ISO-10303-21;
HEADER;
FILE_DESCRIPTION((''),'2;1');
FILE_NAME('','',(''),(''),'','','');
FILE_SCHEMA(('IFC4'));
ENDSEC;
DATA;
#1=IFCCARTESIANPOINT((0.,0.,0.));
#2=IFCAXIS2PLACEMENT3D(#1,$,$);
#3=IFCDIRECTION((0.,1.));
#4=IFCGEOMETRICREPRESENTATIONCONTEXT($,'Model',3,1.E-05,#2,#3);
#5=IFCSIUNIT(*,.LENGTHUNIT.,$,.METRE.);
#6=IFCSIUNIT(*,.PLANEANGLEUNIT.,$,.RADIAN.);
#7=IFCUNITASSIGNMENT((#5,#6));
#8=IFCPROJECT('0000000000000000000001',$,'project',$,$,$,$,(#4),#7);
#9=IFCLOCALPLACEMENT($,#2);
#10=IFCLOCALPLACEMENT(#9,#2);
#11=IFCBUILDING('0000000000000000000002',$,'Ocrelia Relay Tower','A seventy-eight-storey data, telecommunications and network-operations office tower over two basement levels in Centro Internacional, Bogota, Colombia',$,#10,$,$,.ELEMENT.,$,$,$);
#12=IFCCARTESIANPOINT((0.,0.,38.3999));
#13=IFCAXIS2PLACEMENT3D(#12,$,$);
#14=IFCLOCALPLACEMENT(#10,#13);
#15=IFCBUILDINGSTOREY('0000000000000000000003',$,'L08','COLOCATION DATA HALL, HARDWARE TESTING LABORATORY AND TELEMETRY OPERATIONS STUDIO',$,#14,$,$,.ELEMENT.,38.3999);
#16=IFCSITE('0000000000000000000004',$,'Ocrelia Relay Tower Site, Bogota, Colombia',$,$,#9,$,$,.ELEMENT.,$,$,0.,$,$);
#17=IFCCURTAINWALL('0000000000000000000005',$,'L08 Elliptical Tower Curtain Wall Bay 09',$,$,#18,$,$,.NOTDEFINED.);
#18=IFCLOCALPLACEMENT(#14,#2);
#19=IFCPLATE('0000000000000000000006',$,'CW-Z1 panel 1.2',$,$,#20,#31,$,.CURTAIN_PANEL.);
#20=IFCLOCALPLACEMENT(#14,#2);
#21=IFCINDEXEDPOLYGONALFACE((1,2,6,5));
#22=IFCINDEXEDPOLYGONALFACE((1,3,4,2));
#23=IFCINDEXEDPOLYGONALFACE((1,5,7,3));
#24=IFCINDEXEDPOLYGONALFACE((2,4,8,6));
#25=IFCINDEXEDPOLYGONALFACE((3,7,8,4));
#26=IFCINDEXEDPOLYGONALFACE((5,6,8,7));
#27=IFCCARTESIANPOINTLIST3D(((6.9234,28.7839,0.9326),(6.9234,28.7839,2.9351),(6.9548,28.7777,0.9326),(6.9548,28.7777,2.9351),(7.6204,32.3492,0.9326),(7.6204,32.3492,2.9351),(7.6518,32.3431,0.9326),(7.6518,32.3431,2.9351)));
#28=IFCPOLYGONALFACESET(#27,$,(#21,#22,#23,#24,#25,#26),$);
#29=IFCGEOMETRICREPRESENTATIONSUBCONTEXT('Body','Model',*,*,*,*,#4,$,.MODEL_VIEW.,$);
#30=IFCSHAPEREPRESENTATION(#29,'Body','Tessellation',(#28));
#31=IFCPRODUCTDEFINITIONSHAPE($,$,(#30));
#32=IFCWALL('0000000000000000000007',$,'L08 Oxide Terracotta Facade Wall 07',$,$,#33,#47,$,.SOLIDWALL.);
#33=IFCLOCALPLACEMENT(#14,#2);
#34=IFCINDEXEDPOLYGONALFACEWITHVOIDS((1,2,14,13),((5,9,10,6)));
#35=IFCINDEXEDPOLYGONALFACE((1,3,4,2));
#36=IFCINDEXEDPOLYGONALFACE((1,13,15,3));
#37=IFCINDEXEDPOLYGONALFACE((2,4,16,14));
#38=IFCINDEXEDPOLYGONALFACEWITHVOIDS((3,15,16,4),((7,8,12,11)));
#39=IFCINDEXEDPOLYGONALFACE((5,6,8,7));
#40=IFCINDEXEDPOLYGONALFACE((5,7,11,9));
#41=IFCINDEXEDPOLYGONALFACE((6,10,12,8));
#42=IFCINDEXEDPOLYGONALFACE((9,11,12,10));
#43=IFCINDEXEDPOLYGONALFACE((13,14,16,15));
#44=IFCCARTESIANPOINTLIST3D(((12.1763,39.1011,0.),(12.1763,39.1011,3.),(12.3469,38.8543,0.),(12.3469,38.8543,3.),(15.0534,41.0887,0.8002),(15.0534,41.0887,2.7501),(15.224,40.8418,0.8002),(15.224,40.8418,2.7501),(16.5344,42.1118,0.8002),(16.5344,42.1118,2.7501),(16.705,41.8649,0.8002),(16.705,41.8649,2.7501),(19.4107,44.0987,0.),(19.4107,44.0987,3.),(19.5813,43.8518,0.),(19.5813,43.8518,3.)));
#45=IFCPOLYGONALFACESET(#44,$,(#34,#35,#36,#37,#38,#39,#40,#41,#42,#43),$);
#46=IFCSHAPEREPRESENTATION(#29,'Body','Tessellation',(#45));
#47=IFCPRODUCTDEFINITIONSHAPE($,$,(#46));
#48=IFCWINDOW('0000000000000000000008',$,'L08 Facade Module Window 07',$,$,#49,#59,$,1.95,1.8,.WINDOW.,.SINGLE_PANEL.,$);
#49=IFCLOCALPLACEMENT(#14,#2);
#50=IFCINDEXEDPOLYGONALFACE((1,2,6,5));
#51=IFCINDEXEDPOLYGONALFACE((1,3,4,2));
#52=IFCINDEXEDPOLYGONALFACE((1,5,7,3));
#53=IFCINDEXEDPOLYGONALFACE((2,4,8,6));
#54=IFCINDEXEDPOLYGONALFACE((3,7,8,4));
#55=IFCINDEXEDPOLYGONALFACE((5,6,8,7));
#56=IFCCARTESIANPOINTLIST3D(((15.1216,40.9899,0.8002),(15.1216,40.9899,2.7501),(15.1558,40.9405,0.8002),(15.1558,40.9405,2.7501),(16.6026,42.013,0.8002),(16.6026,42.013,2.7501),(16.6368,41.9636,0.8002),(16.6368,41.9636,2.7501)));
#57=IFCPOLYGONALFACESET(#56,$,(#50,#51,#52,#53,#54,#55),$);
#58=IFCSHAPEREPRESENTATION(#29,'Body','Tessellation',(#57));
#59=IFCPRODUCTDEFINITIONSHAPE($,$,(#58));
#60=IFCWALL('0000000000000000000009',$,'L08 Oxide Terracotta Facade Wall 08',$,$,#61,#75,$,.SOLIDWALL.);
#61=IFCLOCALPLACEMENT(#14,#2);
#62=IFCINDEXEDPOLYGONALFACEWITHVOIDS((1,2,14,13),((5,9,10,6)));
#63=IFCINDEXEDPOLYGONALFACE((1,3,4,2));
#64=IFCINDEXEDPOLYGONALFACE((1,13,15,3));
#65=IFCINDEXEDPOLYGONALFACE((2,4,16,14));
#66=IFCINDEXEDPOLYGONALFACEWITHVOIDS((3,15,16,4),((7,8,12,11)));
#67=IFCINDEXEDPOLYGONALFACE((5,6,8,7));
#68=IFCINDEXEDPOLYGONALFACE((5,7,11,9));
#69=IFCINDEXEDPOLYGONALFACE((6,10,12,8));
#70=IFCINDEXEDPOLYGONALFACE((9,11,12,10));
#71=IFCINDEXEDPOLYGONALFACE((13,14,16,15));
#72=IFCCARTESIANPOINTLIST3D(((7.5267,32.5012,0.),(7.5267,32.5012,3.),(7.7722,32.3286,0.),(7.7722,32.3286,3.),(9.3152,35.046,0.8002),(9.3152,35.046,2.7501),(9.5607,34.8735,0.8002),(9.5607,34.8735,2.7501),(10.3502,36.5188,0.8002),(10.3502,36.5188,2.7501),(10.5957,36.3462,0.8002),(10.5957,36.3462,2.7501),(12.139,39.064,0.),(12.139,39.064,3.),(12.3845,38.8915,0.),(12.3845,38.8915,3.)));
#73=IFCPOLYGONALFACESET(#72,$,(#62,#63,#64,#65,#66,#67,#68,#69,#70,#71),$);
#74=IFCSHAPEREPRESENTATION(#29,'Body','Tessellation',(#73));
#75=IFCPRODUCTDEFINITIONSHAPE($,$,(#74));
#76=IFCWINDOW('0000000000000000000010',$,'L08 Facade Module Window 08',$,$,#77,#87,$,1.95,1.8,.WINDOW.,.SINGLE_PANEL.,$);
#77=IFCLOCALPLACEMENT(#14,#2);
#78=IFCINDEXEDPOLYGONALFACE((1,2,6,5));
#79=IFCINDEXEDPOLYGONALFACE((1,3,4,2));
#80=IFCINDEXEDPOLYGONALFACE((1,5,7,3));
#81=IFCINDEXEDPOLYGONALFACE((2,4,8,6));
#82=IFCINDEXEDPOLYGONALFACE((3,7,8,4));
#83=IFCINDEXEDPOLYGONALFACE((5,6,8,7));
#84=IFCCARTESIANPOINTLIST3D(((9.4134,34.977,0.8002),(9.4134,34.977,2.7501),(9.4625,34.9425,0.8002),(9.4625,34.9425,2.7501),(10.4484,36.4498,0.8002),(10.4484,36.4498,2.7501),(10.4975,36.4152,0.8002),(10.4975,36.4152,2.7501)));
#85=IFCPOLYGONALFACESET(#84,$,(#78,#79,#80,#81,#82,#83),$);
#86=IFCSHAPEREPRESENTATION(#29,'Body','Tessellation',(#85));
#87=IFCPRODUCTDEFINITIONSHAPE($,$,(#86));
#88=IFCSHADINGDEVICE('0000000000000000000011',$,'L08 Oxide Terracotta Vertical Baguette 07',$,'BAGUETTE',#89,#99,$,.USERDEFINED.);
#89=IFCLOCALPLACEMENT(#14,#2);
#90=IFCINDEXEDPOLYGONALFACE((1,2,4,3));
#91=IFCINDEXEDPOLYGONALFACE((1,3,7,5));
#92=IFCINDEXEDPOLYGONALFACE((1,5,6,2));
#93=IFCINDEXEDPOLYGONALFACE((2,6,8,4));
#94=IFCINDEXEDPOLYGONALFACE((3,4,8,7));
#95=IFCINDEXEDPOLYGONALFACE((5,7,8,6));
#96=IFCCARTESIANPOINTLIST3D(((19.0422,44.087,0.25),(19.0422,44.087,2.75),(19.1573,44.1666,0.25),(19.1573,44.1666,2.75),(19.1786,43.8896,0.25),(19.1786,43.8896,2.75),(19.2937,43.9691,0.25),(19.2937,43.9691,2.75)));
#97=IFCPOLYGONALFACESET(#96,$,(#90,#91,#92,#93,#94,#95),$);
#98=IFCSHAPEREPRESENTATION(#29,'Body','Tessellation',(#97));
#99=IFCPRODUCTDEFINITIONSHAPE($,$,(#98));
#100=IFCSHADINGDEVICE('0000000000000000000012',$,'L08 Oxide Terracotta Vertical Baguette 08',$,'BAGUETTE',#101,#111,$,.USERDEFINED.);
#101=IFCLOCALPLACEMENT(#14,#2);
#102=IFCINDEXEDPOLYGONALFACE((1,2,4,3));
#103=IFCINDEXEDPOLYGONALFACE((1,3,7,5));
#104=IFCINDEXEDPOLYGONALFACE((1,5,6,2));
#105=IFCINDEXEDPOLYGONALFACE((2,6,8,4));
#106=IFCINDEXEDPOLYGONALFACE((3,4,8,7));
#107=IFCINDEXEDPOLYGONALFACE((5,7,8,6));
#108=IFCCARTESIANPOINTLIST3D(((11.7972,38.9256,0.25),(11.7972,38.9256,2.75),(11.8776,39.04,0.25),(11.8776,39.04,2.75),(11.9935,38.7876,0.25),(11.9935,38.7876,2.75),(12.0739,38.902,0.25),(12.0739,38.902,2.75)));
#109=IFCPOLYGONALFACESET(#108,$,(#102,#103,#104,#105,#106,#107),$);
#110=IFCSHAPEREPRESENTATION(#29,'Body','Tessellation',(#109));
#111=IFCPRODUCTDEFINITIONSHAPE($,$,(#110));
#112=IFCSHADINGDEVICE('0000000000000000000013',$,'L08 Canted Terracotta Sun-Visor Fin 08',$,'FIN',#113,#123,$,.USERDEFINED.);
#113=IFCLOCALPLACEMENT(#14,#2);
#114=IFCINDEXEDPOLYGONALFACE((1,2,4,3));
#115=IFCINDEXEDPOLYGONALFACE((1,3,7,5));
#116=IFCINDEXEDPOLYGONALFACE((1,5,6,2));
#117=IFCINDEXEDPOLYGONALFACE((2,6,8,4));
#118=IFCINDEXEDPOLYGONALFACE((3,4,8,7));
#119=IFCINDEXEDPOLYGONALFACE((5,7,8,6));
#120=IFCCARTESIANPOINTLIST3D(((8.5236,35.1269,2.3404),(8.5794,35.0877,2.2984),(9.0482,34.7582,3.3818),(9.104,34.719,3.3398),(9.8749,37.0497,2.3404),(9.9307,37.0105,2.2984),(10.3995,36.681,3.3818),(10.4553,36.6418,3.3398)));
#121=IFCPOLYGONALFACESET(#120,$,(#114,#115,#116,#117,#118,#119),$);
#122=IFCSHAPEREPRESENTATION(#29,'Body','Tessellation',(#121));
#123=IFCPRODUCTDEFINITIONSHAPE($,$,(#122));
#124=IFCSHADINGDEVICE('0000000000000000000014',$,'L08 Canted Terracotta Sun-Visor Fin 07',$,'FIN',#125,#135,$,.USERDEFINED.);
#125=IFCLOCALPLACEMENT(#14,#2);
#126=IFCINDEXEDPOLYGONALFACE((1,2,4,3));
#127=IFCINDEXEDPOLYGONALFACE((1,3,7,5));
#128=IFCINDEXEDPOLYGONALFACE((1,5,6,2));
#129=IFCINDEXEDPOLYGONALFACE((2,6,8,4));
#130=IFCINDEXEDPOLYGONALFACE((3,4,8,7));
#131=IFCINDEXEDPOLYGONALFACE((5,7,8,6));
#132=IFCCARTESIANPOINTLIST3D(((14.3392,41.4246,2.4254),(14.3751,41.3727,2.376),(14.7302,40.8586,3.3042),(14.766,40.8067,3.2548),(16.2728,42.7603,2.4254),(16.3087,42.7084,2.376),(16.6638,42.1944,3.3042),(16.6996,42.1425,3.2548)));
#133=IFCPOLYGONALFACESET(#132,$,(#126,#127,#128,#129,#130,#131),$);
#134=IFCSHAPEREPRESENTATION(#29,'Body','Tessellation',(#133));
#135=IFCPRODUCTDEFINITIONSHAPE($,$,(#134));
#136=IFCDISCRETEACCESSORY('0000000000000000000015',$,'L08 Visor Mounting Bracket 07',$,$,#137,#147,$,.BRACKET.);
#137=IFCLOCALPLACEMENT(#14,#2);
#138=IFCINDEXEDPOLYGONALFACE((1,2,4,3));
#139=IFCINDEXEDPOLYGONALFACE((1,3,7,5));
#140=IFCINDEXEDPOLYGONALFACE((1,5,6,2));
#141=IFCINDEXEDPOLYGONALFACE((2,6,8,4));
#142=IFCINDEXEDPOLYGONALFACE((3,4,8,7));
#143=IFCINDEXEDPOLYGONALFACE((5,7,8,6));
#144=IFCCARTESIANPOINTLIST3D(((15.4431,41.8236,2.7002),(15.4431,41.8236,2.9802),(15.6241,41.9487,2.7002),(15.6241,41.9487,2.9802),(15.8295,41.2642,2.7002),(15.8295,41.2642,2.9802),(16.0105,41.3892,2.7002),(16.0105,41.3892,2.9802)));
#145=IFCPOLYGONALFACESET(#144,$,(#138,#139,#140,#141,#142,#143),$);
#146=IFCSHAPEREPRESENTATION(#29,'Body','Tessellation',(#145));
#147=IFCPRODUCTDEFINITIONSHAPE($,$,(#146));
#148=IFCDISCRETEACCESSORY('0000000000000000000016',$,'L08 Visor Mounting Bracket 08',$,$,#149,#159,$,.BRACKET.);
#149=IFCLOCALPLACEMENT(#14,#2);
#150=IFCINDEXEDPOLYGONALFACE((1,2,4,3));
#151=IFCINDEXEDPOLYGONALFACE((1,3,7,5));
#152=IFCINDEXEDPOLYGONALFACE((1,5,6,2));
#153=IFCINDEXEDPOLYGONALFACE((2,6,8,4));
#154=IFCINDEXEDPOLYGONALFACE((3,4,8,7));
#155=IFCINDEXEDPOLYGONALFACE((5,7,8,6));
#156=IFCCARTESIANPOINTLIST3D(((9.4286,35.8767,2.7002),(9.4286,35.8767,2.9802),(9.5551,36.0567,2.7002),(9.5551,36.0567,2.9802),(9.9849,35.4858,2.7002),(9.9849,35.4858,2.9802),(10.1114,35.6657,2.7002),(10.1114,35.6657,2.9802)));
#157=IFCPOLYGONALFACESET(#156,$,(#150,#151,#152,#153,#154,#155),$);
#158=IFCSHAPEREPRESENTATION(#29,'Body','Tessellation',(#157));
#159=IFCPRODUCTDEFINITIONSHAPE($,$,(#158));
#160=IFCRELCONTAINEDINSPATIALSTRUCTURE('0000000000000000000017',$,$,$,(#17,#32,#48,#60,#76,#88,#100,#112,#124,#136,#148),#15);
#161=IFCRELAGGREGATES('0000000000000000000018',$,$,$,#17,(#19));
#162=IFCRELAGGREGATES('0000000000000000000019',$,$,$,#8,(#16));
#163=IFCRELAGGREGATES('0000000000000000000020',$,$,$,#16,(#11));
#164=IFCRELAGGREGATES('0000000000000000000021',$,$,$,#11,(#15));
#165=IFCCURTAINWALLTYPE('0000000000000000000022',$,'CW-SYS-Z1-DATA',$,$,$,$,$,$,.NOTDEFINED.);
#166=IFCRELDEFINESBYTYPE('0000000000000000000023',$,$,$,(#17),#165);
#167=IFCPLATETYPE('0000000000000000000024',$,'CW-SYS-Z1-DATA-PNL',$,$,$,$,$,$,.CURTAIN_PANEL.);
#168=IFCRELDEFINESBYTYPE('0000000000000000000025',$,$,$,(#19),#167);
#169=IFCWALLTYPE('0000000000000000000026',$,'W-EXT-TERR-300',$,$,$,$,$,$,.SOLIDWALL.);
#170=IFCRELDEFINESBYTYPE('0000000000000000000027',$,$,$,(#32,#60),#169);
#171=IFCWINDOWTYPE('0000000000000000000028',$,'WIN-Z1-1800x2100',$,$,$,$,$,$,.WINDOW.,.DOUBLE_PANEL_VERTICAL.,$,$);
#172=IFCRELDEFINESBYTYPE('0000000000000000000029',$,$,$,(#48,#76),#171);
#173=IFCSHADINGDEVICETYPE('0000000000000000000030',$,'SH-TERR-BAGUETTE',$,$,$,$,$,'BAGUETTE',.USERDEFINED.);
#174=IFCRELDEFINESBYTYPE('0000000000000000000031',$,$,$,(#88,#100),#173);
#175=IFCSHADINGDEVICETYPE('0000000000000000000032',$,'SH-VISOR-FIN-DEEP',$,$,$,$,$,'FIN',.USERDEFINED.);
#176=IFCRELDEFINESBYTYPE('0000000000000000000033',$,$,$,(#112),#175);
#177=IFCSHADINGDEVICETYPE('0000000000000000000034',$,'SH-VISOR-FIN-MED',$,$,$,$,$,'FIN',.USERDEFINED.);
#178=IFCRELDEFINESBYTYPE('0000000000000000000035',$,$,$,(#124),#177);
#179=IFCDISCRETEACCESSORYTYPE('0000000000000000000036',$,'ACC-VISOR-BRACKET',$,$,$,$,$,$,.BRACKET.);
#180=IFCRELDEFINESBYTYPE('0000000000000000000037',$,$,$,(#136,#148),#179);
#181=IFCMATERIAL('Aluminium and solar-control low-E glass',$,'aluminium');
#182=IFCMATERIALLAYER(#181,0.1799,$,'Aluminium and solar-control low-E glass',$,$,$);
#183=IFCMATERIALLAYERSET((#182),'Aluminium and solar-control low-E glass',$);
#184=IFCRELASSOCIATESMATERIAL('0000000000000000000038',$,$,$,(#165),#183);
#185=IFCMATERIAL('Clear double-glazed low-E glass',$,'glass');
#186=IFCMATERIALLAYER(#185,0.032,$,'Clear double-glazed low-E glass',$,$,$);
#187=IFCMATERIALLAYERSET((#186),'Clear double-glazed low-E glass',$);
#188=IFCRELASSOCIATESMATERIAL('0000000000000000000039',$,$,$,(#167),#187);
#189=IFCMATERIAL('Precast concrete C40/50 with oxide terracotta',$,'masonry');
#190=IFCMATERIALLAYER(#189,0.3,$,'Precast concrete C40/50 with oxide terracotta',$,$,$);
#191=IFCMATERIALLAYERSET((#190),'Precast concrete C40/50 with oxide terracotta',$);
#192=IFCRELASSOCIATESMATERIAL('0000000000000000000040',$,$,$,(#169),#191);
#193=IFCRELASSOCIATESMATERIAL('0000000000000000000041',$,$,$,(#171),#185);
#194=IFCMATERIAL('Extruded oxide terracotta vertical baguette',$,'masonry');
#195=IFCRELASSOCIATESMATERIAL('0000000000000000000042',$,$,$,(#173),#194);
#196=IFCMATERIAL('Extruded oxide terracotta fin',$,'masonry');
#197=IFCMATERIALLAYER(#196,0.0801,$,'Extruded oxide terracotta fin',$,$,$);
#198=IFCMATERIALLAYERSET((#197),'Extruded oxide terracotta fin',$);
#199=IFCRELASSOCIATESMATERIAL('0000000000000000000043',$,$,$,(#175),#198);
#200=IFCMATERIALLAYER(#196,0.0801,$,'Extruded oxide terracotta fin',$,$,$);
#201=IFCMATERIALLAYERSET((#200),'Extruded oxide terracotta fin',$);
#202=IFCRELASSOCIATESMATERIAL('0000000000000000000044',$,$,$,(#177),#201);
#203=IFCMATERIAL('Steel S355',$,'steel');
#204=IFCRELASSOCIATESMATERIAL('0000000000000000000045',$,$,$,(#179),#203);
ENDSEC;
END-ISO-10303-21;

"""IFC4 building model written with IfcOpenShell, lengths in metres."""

from ifc_helpers import new_model, si_unit, direction, frame, frame_2d, origin, origin_2d, place, context, subcontext, project, spatial, rectangle, extrude, material, layer, layer_set, type_object, element, fill, aggregate, save


model = new_model("IFC4")

# Units and contexts
model_context = context("Model", 3, precision=1e-05, world=origin(), true_north=direction((0.0, 1.0)))
body_context = subcontext(model_context, "Body", "Model", "MODEL_VIEW")
ifc_project = project(units=[si_unit("LENGTHUNIT", "METRE"), si_unit("PLANEANGLEUNIT", "RADIAN")], contexts=[model_context])

# Site, building, storey
site_placement = place(None, origin())
site = spatial("IfcSite", under=ifc_project, at=site_placement, Name="Ocrelia Relay Tower Site, Bogota, Colombia", CompositionType="ELEMENT", RefElevation=0.0)
building_placement = place(site_placement, origin())
building = spatial("IfcBuilding", under=site, at=building_placement, Name="Ocrelia Relay Tower", Description="A seventy-eight-storey data, telecommunications and network-operations office tower over two basement levels in Centro Internacional, Bogota, Colombia", CompositionType="ELEMENT")
storey_placement = place(building_placement, frame((0.0, 0.0, 38.3999)))
storey = spatial("IfcBuildingStorey", under=building, at=storey_placement, Name="L08", Description="COLOCATION DATA HALL, HARDWARE TESTING LABORATORY AND TELEMETRY OPERATIONS STUDIO", CompositionType="ELEMENT", Elevation=38.3999)

# Shared definitions
ifc_material_1 = material(Name="Steel S355", Category="steel")

# Curtain wall, plate
ifc_material_2 = material(Name="Aluminium and solar-control low-E glass", Category="aluminium")
ifc_layer_1 = layer(ifc_material_2, 0.1799, Name="Aluminium and solar-control low-E glass")
ifc_layer_set_1 = layer_set([ifc_layer_1], Name="Aluminium and solar-control low-E glass")
curtain_wall_type = type_object("IfcCurtainWallType", Name="CW-SYS-Z1-DATA", PredefinedType="NOTDEFINED", material=ifc_layer_set_1)
curtain_wall_placement = place(storey_placement, origin())
curtain_wall = element("IfcCurtainWall", 1, at=curtain_wall_placement, inside=storey, type_object=curtain_wall_type, Name="L08 Elliptical Tower Curtain Wall Bay 09", PredefinedType="NOTDEFINED")
ifc_material_3 = material(Name="Clear double-glazed low-E glass", Category="glass")
ifc_layer_2 = layer(ifc_material_3, 0.032, Name="Clear double-glazed low-E glass")
ifc_layer_set_2 = layer_set([ifc_layer_2], Name="Clear double-glazed low-E glass")
plate_type = type_object("IfcPlateType", Name="CW-SYS-Z1-DATA-PNL", PredefinedType="CURTAIN_PANEL", material=ifc_layer_set_2)
plate_1_placement = place(storey_placement, frame((7.2876, 30.5635, 0.9326), z_axis=(0.0, 0.0, 1.0), x_axis=(-0.191841, -0.981426, 0.0)))
plate_1 = element("IfcPlate", 2, at=plate_1_placement, type_object=plate_type, Name="CW-Z1 panel 1.2", PredefinedType="CURTAIN_PANEL", context=body_context, shape_type="SweptSolid", body=[
    extrude(rectangle(XDim=3.6328, YDim=0.032, at=origin_2d()), origin(), (0.0, 0.0, 1.0), 2.0024),
])
aggregate(curtain_wall, [plate_1])

# Walls, openings, windows
ifc_material_4 = material(Name="Precast concrete C40/50 with oxide terracotta", Category="masonry")
ifc_layer_3 = layer(ifc_material_4, 0.3, Name="Precast concrete C40/50 with oxide terracotta")
ifc_layer_set_3 = layer_set([ifc_layer_3], Name="Precast concrete C40/50 with oxide terracotta")
wall_type = type_object("IfcWallType", Name="W-EXT-TERR-300", PredefinedType="SOLIDWALL", material=ifc_layer_set_3)
wall_1_placement = place(storey_placement, frame((19.4961, 43.9753, 0.0), z_axis=(0.0, 0.0, 1.0), x_axis=(-0.82277, -0.568375, 0.0)))
wall_1 = element("IfcWall", 3, at=wall_1_placement, inside=storey, type_object=wall_type, Name="L08 Oxide Terracotta Facade Wall 07", PredefinedType="SOLIDWALL", context=body_context, shape_type="SweptSolid", body=[
    extrude(rectangle(XDim=8.7927, YDim=0.3, at=frame_2d((4.3965, 0.0))), origin(), (0.0, 0.0, 1.0), 3.0),
])
opening_1_placement = place(wall_1_placement, frame((3.4961, 0.0, 0.8)))
opening_1 = element("IfcOpeningElement", 4, at=opening_1_placement, cuts=wall_1, PredefinedType="OPENING", context=body_context, shape_type="SweptSolid", body=[
    extrude(rectangle(XDim=1.8, YDim=1.95, at=frame_2d((0.8999, 0.9751))), frame((0.0, 0.1602, 0.0), z_axis=(0.0, -1.0, 0.0), x_axis=(1.0, 0.0, 0.0)), (0.0, 0.0, 1.0), 0.3201),
])
window_type = type_object("IfcWindowType", Name="WIN-Z1-1800x2100", PartitioningType="DOUBLE_PANEL_VERTICAL", PredefinedType="WINDOW", material=ifc_material_3)
window_1_placement = place(opening_1_placement, origin())
window_1 = element("IfcWindow", 5, at=window_1_placement, inside=storey, type_object=window_type, Name="L08 Facade Module Window 07", OverallHeight=1.95, OverallWidth=1.8, PartitioningType="SINGLE_PANEL", PredefinedType="WINDOW", context=body_context, shape_type="SweptSolid", body=[
    extrude(rectangle(XDim=1.8, YDim=1.95, at=frame_2d((0.8999, 0.9751))), frame((0.0, 0.03, 0.0), z_axis=(0.0, -1.0, 0.0), x_axis=(1.0, 0.0, 0.0)), (0.0, 0.0, 1.0), 0.0601),
])
fill(opening_1, window_1)
wall_2_placement = place(storey_placement, frame((12.2617, 38.9778, 0.0), z_axis=(0.0, 0.0, 1.0), x_axis=(-0.574985, -0.818164, 0.0)))
wall_2 = element("IfcWall", 6, at=wall_2_placement, inside=storey, type_object=wall_type, Name="L08 Oxide Terracotta Facade Wall 08", PredefinedType="SOLIDWALL", context=body_context, shape_type="SweptSolid", body=[
    extrude(rectangle(XDim=8.0215, YDim=0.3, at=frame_2d((4.0107, 0.0))), origin(), (0.0, 0.0, 1.0), 3.0),
])
opening_2_placement = place(wall_2_placement, frame((3.1111, 0.0, 0.8)))
opening_2 = element("IfcOpeningElement", 7, at=opening_2_placement, cuts=wall_2, PredefinedType="OPENING", context=body_context, shape_type="SweptSolid", body=[
    extrude(rectangle(XDim=1.8, YDim=1.95, at=frame_2d((0.8999, 0.9751))), frame((0.0, 0.1602, 0.0), z_axis=(0.0, -1.0, 0.0), x_axis=(1.0, 0.0, 0.0)), (0.0, 0.0, 1.0), 0.3201),
])
window_2_placement = place(opening_2_placement, origin())
window_2 = element("IfcWindow", 8, at=window_2_placement, inside=storey, type_object=window_type, Name="L08 Facade Module Window 08", OverallHeight=1.95, OverallWidth=1.8, PartitioningType="SINGLE_PANEL", PredefinedType="WINDOW", context=body_context, shape_type="SweptSolid", body=[
    extrude(rectangle(XDim=1.8, YDim=1.95, at=frame_2d((0.8999, 0.9751))), frame((0.0, 0.03, 0.0), z_axis=(0.0, -1.0, 0.0), x_axis=(1.0, 0.0, 0.0)), (0.0, 0.0, 1.0), 0.0601),
])
fill(opening_2, window_2)

# Shading devices
ifc_material_5 = material(Name="Extruded oxide terracotta vertical baguette", Category="masonry")
shading_device_type_1 = type_object("IfcShadingDeviceType", Name="SH-TERR-BAGUETTE", ElementType="BAGUETTE", PredefinedType="USERDEFINED", material=ifc_material_5)
for number, where, z_axis, x_axis, name in (
    (9, (19.168, 44.0281, 0.25), (0.0, 0.0, 1.0), (-0.822774, -0.568369, 0.0), "L08 Oxide Terracotta Vertical Baguette 07"),
    (10, (11.9355, 38.9138, 0.25), (0.0, 0.0, 1.0), (-0.57499, -0.81816, 0.0), "L08 Oxide Terracotta Vertical Baguette 08"),
):
    element("IfcShadingDevice", number, at=place(storey_placement, frame(where, z_axis=z_axis, x_axis=x_axis)), inside=storey, type_object=shading_device_type_1, Name=name, ObjectType="BAGUETTE", PredefinedType="USERDEFINED", context=body_context, shape_type="SweptSolid", body=[
        extrude(rectangle(XDim=0.1399, YDim=0.24, at=origin_2d()), origin(), (0.0, 0.0, 1.0), 2.5),
    ])
ifc_material_6 = material(Name="Extruded oxide terracotta fin", Category="masonry")
ifc_layer_4 = layer(ifc_material_6, 0.0801, Name="Extruded oxide terracotta fin")
ifc_layer_set_4 = layer_set([ifc_layer_4], Name="Extruded oxide terracotta fin")
shading_device_type_2 = type_object("IfcShadingDeviceType", Name="SH-VISOR-FIN-DEEP", ElementType="FIN", PredefinedType="USERDEFINED", material=ifc_layer_set_4)
shading_device_1_placement = place(storey_placement, frame((9.5173, 35.8647, 2.8191), z_axis=(-0.6967, 0.489629, 0.524283), x_axis=(-0.57499, -0.81816, 0.0)))
element("IfcShadingDevice", 11, at=shading_device_1_placement, inside=storey, type_object=shading_device_type_2, Name="L08 Canted Terracotta Sun-Visor Fin 08", ObjectType="FIN", PredefinedType="USERDEFINED", context=body_context, shape_type="SweptSolid", body=[
    extrude(rectangle(XDim=2.3501, YDim=1.2229, at=origin_2d()), origin(), (0.0, 0.0, 1.0), 0.0801),
])
ifc_layer_5 = layer(ifc_material_6, 0.0801, Name="Extruded oxide terracotta fin")
ifc_layer_set_5 = layer_set([ifc_layer_5], Name="Extruded oxide terracotta fin")
shading_device_type_3 = type_object("IfcShadingDeviceType", Name="SH-VISOR-FIN-MED", ElementType="FIN", PredefinedType="USERDEFINED", material=ifc_layer_set_5)
shading_device_2_placement = place(storey_placement, frame((15.5374, 41.7576, 2.8154), z_axis=(-0.447576, 0.647912, 0.616349), x_axis=(-0.822774, -0.568369, 0.0)))
element("IfcShadingDevice", 12, at=shading_device_2_placement, inside=storey, type_object=shading_device_type_3, Name="L08 Canted Terracotta Sun-Visor Fin 07", ObjectType="FIN", PredefinedType="USERDEFINED", context=body_context, shape_type="SweptSolid", body=[
    extrude(rectangle(XDim=2.3501, YDim=1.116, at=origin_2d()), origin(), (0.0, 0.0, 1.0), 0.0801),
])

# Discrete accessories
discrete_accessory_type = type_object("IfcDiscreteAccessoryType", Name="ACC-VISOR-BRACKET", PredefinedType="BRACKET", material=ifc_material_1)
for number, where, z_axis, x_axis, name in (
    (13, (15.7268, 41.6064, 2.7002), (0.0, 0.0, 1.0), (-0.822774, -0.568369, 0.0), "L08 Visor Mounting Bracket 07"),
    (14, (9.77, 35.7712, 2.7002), (0.0, 0.0, 1.0), (-0.57499, -0.81816, 0.0), "L08 Visor Mounting Bracket 08"),
):
    element("IfcDiscreteAccessory", number, at=place(storey_placement, frame(where, z_axis=z_axis, x_axis=x_axis)), inside=storey, type_object=discrete_accessory_type, Name=name, PredefinedType="BRACKET", context=body_context, shape_type="SweptSolid", body=[
        extrude(rectangle(XDim=0.22, YDim=0.6799, at=origin_2d()), origin(), (0.0, 0.0, 1.0), 0.28),
    ])

save(model, "model.ifc")
